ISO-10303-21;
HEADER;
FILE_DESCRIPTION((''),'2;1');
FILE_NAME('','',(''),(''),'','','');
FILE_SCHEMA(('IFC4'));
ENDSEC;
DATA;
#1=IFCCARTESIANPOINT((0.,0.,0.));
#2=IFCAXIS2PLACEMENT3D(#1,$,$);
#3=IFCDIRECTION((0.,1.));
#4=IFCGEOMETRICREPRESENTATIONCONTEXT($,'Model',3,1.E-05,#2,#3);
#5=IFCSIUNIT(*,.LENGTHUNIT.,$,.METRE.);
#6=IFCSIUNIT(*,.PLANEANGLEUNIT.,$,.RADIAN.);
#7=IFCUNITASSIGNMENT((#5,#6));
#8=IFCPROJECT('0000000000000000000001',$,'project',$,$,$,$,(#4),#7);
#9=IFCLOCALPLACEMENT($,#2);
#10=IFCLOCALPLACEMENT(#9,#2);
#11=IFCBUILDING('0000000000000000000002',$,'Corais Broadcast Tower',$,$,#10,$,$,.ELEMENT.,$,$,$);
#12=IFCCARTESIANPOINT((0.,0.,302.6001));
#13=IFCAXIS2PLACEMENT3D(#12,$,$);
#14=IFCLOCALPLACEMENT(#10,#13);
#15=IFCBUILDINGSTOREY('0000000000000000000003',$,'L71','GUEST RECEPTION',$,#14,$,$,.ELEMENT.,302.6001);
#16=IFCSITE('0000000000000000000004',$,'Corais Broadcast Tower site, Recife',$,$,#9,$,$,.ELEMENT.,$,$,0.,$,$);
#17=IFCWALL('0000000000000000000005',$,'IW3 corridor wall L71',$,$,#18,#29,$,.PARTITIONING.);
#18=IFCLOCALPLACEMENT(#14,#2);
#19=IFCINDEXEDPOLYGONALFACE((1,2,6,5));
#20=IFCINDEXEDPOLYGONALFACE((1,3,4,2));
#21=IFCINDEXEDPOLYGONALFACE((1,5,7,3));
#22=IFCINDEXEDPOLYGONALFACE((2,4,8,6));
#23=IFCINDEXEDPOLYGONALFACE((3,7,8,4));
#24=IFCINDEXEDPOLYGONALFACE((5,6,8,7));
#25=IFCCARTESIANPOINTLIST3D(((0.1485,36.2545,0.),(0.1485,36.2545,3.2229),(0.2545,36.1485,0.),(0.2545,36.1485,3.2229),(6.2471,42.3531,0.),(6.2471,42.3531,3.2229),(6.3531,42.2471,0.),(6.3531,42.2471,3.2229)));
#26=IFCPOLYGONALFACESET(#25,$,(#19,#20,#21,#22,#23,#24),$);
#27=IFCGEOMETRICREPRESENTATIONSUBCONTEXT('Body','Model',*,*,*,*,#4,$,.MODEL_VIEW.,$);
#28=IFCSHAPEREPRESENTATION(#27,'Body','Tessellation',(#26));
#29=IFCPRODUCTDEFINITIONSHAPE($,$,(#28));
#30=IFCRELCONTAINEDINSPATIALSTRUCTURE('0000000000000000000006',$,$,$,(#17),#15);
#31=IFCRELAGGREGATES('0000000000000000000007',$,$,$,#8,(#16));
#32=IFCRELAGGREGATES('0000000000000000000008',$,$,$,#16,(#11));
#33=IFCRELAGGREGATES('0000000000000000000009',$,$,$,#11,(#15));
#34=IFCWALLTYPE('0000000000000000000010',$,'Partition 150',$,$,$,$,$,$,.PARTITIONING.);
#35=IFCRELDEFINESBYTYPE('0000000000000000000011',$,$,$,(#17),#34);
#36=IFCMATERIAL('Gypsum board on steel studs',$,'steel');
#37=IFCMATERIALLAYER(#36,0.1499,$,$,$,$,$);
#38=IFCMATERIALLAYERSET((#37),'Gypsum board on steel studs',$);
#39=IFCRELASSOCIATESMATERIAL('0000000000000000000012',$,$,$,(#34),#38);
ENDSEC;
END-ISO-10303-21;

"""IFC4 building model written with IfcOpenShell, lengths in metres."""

from ifc_helpers import new_model, si_unit, direction, frame, frame_2d, origin, place, context, subcontext, project, spatial, rectangle, extrude, material, layer, layer_set, type_object, element, save


model = new_model("IFC4")

# Units and contexts
model_context = context("Model", 3, precision=1e-05, world=origin(), true_north=direction((0.0, 1.0)))
body_context = subcontext(model_context, "Body", "Model", "MODEL_VIEW")
ifc_project = project(units=[si_unit("LENGTHUNIT", "METRE"), si_unit("PLANEANGLEUNIT", "RADIAN")], contexts=[model_context])

# Site, building, storey
site_placement = place(None, origin())
site = spatial("IfcSite", under=ifc_project, at=site_placement, Name="Corais Broadcast Tower site, Recife", CompositionType="ELEMENT", RefElevation=0.0)
building_placement = place(site_placement, origin())
building = spatial("IfcBuilding", under=site, at=building_placement, Name="Corais Broadcast Tower", CompositionType="ELEMENT")
storey_placement = place(building_placement, frame((0.0, 0.0, 302.6001)))
storey = spatial("IfcBuildingStorey", under=building, at=storey_placement, Name="L71", Description="GUEST RECEPTION", CompositionType="ELEMENT", Elevation=302.6001)

# Wall
ifc_material_1 = material(Name="Gypsum board on steel studs", Category="steel")
ifc_layer_1 = layer(ifc_material_1, 0.1499)
ifc_layer_set_1 = layer_set([ifc_layer_1], Name="Gypsum board on steel studs")
wall_type = type_object("IfcWallType", Name="Partition 150", PredefinedType="PARTITIONING", material=ifc_layer_set_1)
wall_placement = place(storey_placement, frame((0.2014, 36.2014, 0.0), z_axis=(0.0, 0.0, 1.0), x_axis=(0.707107, 0.707107, 0.0)))
element("IfcWall", 1, at=wall_placement, inside=storey, type_object=wall_type, Name="IW3 corridor wall L71", PredefinedType="PARTITIONING", context=body_context, shape_type="SweptSolid", body=[
    extrude(rectangle(XDim=8.6248, YDim=0.1499, at=frame_2d((4.3125, 0.0))), origin(), (0.0, 0.0, 1.0), 3.2229),
])

save(model, "model.ifc")
